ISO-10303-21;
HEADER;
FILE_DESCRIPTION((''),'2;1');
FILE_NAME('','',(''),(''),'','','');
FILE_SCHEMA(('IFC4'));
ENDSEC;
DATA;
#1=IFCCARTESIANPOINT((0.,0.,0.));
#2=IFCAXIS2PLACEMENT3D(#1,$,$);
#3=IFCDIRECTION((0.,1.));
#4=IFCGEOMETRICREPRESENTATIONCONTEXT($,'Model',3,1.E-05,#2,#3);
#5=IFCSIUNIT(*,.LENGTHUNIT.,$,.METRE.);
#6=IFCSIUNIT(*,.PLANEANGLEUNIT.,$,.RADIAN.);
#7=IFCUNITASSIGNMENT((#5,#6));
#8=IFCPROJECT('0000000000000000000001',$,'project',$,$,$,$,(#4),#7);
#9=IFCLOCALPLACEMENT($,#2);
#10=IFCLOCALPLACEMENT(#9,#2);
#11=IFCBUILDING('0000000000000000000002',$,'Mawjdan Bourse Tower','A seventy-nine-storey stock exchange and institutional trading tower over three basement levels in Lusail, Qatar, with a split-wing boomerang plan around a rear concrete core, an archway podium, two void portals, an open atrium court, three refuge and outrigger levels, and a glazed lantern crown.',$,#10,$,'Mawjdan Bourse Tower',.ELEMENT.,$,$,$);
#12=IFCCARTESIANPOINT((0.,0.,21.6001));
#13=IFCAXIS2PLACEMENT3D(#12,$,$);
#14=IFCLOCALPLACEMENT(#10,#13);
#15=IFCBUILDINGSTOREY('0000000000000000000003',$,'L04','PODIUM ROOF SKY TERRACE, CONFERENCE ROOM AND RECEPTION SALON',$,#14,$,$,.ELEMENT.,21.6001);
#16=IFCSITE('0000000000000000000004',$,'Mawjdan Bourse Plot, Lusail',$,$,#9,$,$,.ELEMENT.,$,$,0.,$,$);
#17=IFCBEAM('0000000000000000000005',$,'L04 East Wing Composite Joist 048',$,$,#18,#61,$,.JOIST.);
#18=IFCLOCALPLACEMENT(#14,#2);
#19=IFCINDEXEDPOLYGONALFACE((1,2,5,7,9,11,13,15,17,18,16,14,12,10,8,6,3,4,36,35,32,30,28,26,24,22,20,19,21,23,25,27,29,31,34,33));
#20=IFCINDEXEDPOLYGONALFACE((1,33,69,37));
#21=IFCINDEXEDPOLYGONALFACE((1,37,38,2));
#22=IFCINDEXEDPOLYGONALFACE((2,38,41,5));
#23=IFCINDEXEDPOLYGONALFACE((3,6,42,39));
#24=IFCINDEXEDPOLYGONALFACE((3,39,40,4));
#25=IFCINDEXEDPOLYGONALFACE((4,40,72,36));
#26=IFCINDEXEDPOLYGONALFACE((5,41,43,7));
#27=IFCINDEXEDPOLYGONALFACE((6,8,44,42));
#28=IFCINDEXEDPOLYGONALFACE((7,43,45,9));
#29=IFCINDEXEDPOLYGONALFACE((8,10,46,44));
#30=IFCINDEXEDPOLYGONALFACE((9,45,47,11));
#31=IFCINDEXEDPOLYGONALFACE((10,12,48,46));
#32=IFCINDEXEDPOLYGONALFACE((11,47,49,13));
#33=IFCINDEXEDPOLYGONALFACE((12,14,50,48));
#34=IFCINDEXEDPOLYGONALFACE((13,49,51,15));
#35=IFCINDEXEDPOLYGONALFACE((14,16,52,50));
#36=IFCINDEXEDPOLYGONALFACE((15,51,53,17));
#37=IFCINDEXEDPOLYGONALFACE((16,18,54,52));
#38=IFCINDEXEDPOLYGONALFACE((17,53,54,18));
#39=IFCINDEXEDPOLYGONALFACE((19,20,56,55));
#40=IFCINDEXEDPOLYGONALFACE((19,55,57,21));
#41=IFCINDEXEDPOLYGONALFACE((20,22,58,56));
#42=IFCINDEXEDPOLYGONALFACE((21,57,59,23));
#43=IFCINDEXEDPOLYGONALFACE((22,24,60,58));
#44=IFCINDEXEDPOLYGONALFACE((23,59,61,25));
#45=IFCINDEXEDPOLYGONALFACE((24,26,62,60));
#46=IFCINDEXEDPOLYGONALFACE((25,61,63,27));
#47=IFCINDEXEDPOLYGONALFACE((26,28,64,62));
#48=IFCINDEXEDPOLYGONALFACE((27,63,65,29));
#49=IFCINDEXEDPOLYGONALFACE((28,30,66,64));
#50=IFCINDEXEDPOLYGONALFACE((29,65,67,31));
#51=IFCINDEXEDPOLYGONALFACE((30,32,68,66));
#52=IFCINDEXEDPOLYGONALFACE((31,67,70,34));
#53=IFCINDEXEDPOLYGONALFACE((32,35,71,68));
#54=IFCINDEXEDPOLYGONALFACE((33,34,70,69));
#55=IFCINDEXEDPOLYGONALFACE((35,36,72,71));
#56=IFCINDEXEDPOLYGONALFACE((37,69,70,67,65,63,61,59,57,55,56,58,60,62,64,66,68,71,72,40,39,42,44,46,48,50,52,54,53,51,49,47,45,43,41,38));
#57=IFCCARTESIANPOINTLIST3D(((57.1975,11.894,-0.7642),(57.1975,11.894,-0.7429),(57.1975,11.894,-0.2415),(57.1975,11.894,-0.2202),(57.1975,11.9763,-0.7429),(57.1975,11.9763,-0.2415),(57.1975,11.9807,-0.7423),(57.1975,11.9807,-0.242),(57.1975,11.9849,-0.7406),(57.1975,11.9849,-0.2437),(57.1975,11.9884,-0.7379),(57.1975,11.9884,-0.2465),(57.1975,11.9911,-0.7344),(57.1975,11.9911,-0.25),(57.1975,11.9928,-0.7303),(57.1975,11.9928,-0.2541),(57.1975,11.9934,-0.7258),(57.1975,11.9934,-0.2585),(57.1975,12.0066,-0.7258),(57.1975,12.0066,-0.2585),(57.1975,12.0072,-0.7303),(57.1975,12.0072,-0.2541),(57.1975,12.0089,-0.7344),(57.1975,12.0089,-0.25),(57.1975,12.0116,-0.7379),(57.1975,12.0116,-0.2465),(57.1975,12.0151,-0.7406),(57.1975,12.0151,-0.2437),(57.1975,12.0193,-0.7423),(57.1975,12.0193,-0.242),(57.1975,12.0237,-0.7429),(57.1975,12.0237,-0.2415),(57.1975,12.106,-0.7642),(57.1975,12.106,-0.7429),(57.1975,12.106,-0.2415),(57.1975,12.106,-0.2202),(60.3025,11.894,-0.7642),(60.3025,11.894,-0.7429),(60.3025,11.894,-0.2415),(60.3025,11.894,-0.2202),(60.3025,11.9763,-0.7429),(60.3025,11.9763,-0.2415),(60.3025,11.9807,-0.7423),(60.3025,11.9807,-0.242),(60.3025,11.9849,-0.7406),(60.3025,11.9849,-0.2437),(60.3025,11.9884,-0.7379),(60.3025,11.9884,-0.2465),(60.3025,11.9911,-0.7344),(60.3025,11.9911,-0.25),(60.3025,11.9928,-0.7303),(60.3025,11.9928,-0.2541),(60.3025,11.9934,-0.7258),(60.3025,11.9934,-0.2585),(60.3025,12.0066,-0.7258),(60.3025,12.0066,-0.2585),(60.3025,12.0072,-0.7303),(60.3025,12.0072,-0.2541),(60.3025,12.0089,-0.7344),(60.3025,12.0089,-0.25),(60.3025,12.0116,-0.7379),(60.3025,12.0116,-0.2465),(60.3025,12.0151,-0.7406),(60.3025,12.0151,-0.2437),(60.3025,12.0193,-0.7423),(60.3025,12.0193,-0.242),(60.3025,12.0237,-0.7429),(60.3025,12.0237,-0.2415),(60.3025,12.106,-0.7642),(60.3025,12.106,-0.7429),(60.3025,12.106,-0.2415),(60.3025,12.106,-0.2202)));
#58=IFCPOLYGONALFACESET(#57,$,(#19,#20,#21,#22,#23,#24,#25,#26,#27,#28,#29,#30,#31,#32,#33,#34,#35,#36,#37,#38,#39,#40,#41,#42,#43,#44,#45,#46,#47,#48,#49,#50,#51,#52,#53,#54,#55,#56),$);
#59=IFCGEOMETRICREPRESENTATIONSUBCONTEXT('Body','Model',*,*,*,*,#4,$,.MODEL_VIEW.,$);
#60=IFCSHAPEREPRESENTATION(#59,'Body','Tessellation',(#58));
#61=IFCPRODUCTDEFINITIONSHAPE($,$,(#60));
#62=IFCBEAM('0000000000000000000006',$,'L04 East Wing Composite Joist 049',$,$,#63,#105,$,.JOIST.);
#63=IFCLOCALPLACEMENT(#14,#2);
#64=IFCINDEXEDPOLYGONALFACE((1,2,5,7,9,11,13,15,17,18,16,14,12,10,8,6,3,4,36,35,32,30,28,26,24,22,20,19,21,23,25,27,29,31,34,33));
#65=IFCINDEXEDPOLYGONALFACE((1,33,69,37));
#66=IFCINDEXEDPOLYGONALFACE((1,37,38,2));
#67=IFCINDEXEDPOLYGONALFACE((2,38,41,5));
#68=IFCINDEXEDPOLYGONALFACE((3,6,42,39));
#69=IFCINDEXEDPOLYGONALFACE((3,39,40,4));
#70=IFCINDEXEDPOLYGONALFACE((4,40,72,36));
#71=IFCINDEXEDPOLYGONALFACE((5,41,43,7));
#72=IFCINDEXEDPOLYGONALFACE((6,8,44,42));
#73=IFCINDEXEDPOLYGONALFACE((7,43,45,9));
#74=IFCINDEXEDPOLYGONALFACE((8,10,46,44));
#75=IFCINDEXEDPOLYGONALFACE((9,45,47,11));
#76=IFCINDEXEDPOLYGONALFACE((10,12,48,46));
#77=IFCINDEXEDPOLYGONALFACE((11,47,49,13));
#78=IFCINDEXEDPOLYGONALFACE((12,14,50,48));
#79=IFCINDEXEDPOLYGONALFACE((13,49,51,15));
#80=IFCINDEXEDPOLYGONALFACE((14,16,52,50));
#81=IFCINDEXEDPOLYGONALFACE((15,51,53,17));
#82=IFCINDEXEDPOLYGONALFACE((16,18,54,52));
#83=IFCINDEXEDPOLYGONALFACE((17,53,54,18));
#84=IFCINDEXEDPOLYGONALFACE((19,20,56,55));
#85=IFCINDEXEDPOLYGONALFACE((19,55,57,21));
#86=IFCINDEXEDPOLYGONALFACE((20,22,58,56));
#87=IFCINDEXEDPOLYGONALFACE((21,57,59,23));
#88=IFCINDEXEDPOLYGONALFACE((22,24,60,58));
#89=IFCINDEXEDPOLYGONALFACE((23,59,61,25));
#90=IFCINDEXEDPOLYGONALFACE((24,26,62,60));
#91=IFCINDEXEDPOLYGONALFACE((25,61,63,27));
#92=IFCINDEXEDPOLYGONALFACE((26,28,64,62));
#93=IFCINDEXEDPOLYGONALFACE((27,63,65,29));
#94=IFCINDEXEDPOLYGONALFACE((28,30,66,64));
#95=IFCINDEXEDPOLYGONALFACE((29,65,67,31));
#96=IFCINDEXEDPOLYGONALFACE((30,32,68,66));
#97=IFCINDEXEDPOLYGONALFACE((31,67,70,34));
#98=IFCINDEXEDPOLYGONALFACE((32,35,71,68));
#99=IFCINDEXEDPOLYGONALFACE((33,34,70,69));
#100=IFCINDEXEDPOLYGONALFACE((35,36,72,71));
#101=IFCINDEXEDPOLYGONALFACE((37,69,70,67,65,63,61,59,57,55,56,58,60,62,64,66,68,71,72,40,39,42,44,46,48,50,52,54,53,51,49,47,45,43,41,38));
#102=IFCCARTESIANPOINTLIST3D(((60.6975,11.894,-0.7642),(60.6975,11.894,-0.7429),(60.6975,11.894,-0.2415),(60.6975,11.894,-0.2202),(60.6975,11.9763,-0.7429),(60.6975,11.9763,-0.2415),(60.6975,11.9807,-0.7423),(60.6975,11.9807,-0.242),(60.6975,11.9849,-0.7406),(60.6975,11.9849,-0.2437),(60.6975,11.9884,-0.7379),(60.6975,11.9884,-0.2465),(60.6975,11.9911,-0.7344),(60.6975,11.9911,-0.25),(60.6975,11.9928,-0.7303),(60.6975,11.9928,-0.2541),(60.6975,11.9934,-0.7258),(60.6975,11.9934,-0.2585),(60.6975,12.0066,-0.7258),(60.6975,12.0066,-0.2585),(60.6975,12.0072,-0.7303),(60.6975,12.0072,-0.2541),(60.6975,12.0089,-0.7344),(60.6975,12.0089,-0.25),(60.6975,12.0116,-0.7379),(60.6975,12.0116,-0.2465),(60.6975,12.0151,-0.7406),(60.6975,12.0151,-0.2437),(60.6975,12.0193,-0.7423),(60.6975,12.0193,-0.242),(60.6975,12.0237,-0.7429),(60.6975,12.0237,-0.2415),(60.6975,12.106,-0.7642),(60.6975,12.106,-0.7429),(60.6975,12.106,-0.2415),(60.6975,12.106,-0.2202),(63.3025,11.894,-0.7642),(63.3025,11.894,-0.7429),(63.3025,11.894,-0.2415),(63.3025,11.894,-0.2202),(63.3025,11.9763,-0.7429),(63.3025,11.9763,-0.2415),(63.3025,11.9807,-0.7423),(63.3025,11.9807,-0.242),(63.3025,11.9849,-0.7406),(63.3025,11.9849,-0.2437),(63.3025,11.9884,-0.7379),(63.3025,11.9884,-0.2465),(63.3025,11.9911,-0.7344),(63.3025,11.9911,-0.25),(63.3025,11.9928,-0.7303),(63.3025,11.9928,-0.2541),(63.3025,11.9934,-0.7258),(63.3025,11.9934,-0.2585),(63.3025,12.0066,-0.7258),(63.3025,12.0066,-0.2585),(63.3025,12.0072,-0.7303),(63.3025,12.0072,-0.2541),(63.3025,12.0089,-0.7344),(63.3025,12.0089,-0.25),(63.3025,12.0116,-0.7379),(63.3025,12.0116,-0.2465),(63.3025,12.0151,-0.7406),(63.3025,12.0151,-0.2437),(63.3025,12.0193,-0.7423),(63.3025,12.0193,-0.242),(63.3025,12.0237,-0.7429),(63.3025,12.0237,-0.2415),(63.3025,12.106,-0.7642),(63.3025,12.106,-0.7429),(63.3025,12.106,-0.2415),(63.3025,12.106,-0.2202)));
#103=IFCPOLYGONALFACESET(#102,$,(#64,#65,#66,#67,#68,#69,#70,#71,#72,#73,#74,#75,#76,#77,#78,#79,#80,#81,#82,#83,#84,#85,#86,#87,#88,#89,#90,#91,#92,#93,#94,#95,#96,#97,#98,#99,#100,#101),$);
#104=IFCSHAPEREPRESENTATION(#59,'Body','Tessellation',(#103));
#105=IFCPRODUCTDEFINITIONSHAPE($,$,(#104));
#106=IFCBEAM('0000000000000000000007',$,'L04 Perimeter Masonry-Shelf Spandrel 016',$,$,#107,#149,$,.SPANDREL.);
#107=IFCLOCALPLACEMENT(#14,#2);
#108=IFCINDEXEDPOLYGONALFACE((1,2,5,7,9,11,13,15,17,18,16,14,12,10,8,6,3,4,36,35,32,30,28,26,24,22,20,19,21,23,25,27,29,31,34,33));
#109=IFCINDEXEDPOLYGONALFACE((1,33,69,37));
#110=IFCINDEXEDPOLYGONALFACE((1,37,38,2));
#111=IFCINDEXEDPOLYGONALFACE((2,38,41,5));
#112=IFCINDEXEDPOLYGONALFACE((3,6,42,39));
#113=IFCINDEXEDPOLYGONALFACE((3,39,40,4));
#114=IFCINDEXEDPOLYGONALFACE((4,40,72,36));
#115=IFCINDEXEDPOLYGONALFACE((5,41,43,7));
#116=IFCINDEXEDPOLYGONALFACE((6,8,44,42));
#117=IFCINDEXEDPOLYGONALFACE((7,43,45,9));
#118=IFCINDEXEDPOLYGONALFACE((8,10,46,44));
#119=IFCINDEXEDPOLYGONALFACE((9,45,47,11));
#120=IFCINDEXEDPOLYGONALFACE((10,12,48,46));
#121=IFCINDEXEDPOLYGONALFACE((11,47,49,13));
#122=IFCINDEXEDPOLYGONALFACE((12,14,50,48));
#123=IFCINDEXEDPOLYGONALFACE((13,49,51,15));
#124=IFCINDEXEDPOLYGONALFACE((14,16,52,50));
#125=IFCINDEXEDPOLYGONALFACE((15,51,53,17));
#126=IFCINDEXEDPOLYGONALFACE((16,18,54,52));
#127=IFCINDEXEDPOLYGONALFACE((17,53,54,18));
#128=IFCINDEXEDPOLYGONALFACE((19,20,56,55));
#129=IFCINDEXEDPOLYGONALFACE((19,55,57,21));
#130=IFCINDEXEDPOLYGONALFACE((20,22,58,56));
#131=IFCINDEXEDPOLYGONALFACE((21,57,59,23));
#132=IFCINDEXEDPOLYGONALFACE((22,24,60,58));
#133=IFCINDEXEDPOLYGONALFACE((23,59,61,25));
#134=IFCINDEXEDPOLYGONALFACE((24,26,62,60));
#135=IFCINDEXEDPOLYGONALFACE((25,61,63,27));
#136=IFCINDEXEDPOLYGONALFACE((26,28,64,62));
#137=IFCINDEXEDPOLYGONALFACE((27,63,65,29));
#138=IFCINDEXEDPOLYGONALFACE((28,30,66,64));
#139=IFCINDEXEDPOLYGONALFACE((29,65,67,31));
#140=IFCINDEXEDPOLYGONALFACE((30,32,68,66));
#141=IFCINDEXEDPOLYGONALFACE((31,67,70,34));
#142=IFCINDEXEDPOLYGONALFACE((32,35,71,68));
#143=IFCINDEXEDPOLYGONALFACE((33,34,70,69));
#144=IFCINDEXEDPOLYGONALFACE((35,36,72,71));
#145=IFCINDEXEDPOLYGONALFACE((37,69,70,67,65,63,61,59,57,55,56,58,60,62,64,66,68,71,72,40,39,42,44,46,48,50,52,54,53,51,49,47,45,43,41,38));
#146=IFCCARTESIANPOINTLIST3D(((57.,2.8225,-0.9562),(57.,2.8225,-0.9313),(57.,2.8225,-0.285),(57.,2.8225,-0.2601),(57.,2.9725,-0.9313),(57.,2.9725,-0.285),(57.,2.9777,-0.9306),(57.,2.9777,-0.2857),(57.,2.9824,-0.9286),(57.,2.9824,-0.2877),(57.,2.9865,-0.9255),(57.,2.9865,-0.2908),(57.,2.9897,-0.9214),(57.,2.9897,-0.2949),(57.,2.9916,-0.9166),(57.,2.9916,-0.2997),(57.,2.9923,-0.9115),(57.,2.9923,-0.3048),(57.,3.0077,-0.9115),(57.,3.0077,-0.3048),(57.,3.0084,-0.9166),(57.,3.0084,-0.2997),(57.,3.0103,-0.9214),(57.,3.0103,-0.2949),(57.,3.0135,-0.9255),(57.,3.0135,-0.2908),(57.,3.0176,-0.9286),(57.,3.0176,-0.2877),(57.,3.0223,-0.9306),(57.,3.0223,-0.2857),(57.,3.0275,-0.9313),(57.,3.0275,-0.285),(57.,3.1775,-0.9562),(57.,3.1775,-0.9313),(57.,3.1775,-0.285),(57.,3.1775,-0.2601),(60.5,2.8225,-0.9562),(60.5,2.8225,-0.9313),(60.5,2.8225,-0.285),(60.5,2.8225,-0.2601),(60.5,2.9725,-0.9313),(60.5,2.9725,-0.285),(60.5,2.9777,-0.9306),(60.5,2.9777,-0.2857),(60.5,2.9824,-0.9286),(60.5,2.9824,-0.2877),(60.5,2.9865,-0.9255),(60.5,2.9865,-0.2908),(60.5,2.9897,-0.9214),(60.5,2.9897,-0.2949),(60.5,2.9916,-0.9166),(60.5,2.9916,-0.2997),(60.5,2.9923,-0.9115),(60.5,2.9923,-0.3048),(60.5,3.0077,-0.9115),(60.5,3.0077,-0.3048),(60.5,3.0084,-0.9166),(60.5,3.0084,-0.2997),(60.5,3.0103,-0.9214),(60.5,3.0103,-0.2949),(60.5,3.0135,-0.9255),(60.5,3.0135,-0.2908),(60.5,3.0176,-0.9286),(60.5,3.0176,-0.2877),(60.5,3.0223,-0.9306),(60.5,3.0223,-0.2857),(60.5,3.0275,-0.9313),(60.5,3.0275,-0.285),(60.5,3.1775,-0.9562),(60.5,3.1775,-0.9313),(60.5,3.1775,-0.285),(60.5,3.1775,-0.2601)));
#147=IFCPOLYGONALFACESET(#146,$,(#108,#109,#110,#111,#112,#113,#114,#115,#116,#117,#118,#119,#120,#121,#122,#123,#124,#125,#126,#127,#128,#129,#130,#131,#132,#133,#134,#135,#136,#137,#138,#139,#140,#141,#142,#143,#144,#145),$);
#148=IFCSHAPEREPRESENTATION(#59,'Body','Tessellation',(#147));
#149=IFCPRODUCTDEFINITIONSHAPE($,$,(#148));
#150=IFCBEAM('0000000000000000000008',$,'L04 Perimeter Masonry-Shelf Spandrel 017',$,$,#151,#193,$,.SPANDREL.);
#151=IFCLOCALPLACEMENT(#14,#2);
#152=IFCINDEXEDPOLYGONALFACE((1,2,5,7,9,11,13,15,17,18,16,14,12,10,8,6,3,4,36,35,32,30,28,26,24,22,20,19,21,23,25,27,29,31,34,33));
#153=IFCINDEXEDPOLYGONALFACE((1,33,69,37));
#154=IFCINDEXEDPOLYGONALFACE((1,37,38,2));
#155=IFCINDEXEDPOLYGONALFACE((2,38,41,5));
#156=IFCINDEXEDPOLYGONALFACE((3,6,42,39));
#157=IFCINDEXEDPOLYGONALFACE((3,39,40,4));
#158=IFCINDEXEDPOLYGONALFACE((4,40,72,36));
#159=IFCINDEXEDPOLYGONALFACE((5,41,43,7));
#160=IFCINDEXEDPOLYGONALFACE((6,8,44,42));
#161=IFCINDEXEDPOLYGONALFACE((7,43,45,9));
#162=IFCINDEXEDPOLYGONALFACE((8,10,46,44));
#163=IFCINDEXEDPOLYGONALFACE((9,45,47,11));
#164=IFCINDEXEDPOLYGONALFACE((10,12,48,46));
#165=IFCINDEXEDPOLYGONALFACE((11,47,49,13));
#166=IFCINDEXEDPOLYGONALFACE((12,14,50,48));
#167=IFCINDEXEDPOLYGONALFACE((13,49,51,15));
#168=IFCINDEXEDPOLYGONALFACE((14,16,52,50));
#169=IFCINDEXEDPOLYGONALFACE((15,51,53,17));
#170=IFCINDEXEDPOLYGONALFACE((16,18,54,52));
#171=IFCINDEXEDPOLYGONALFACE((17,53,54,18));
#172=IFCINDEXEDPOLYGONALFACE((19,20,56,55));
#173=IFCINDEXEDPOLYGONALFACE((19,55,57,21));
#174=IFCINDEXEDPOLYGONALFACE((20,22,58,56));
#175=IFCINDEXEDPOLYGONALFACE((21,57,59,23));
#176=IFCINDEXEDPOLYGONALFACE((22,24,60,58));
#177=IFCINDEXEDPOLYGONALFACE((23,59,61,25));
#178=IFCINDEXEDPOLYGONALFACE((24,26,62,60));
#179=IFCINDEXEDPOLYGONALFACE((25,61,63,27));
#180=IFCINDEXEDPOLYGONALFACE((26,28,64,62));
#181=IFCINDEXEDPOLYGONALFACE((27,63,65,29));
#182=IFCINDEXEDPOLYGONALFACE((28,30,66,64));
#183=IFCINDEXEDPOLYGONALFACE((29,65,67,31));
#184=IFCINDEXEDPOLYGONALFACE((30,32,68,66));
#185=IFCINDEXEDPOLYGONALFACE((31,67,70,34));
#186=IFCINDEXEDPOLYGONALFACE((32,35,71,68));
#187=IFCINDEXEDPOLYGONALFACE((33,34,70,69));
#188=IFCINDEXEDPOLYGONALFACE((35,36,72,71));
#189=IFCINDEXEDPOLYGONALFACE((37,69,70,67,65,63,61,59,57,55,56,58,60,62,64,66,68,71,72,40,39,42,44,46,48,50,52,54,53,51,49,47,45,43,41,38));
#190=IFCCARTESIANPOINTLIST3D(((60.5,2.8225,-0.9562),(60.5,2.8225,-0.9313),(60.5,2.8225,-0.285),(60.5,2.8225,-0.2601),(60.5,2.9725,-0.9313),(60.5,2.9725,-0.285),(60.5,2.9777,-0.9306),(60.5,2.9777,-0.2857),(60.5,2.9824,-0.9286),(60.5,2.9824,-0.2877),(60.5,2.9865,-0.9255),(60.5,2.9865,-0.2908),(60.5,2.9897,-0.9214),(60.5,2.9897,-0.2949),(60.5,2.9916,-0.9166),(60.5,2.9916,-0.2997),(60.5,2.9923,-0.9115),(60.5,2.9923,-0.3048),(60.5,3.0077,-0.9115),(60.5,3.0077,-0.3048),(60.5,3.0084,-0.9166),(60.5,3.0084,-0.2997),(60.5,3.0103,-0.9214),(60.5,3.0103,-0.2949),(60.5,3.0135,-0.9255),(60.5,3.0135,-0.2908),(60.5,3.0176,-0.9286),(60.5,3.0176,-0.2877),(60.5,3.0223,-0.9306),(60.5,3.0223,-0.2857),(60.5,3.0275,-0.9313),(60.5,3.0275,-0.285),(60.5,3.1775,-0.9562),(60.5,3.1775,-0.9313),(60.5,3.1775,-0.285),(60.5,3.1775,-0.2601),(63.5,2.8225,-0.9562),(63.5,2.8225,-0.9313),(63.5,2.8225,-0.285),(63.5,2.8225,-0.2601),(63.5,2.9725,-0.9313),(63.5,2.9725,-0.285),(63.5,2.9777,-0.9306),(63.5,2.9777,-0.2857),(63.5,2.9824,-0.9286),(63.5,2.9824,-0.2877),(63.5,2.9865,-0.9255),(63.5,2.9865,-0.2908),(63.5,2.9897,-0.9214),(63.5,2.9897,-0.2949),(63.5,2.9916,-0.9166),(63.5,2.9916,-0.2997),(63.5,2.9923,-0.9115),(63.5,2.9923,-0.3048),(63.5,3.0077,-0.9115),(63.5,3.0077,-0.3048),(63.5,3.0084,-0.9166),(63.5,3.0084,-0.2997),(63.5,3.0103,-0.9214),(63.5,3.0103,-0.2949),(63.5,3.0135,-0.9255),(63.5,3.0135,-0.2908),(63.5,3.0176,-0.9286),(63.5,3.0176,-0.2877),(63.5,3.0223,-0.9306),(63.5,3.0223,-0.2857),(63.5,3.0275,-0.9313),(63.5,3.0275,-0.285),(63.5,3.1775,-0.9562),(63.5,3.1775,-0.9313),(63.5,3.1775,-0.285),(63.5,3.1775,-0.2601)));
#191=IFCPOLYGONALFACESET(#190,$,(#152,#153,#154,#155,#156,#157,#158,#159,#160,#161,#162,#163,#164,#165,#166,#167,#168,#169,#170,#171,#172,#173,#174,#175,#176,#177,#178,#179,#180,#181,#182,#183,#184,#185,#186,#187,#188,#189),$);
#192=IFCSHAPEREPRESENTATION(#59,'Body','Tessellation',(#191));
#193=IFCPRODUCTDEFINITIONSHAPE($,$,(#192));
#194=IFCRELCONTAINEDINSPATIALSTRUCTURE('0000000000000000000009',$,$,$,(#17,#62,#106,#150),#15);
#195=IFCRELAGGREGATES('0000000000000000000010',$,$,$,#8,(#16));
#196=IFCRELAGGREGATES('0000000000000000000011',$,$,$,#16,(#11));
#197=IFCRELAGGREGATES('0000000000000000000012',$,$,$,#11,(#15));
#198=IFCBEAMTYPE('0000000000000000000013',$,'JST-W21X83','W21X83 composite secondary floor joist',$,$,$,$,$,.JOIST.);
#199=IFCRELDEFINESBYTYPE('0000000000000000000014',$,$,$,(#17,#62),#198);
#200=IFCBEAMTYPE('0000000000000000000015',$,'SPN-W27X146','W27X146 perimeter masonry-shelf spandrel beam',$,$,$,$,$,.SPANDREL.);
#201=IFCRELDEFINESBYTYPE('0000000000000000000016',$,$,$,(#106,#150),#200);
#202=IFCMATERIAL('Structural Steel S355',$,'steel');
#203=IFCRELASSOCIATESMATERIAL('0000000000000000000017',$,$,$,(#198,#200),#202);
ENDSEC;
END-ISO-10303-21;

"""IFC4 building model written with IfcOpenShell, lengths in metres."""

from ifc_helpers import new_model, si_unit, direction, frame, origin, origin_2d, place, context, subcontext, project, spatial, i_section, extrude, material, material_profile, profile_set, type_object, element, save


model = new_model("IFC4")

# Units and contexts
model_context = context("Model", 3, precision=1e-05, world=origin(), true_north=direction((0.0, 1.0)))
body_context = subcontext(model_context, "Body", "Model", "MODEL_VIEW")
ifc_project = project(units=[si_unit("LENGTHUNIT", "METRE"), si_unit("PLANEANGLEUNIT", "RADIAN")], contexts=[model_context])

# Site, building, storey
site_placement = place(None, origin())
site = spatial("IfcSite", under=ifc_project, at=site_placement, Name="Mawjdan Bourse Plot, Lusail", CompositionType="ELEMENT", RefElevation=0.0)
building_placement = place(site_placement, origin())
building = spatial("IfcBuilding", under=site, at=building_placement, Name="Mawjdan Bourse Tower", Description="A seventy-nine-storey stock exchange and institutional trading tower over three basement levels in Lusail, Qatar, with a split-wing boomerang plan around a rear concrete core, an archway podium, two void portals, an open atrium court, three refuge and outrigger levels, and a glazed lantern crown.", LongName="Mawjdan Bourse Tower", CompositionType="ELEMENT")
storey_placement = place(building_placement, frame((0.0, 0.0, 21.6001)))
storey = spatial("IfcBuildingStorey", under=building, at=storey_placement, Name="L04", Description="PODIUM ROOF SKY TERRACE, CONFERENCE ROOM AND RECEPTION SALON", CompositionType="ELEMENT", Elevation=21.6001)

# Beams
ifc_material_1 = material(Name="Structural Steel S355", Category="steel")
ifc_material_profile_1 = material_profile(ifc_material_1, i_section(OverallWidth=0.2119, OverallDepth=0.5439, WebThickness=0.0132, FlangeThickness=0.0212, FilletRadius=0.0171, at=origin_2d()), Name="W21X83")
ifc_profile_set_1 = profile_set([ifc_material_profile_1], Name="Structural Steel S355")
beam_type_1 = type_object("IfcBeamType", Name="JST-W21X83", Description="W21X83 composite secondary floor joist", PredefinedType="JOIST", material=ifc_profile_set_1)
beam_1_placement = place(storey_placement, frame((57.1975, 12.0, -0.4922), z_axis=(1.0, 0.0, 0.0), x_axis=(0.0, 1.0, 0.0)))
element("IfcBeam", 1, at=beam_1_placement, inside=storey, type_object=beam_type_1, Name="L04 East Wing Composite Joist 048", PredefinedType="JOIST", context=body_context, shape_type="SweptSolid", body=[
    extrude(i_section(OverallWidth=0.2119, OverallDepth=0.5439, WebThickness=0.0132, FlangeThickness=0.0212, FilletRadius=0.0171, at=origin_2d()), origin(), (0.0, 0.0, 1.0), 3.105),
])
beam_2_placement = place(storey_placement, frame((60.6975, 12.0, -0.4922), z_axis=(1.0, 0.0, 0.0), x_axis=(0.0, 1.0, 0.0)))
element("IfcBeam", 2, at=beam_2_placement, inside=storey, type_object=beam_type_1, Name="L04 East Wing Composite Joist 049", PredefinedType="JOIST", context=body_context, shape_type="SweptSolid", body=[
    extrude(i_section(OverallWidth=0.2119, OverallDepth=0.5439, WebThickness=0.0132, FlangeThickness=0.0212, FilletRadius=0.0171, at=origin_2d()), origin(), (0.0, 0.0, 1.0), 2.605),
])
ifc_material_profile_2 = material_profile(ifc_material_1, i_section(OverallWidth=0.355, OverallDepth=0.696, WebThickness=0.0154, FlangeThickness=0.0249, FilletRadius=0.0198, at=origin_2d()), Name="W27X146")
ifc_profile_set_2 = profile_set([ifc_material_profile_2], Name="Structural Steel S355")
beam_type_2 = type_object("IfcBeamType", Name="SPN-W27X146", Description="W27X146 perimeter masonry-shelf spandrel beam", PredefinedType="SPANDREL", material=ifc_profile_set_2)
beam_3_placement = place(storey_placement, frame((57.0, 3.0, -0.6082), z_axis=(1.0, 0.0, 0.0), x_axis=(0.0, 1.0, 0.0)))
element("IfcBeam", 3, at=beam_3_placement, inside=storey, type_object=beam_type_2, Name="L04 Perimeter Masonry-Shelf Spandrel 016", PredefinedType="SPANDREL", context=body_context, shape_type="SweptSolid", body=[
    extrude(i_section(OverallWidth=0.355, OverallDepth=0.696, WebThickness=0.0154, FlangeThickness=0.0249, FilletRadius=0.0198, at=origin_2d()), origin(), (0.0, 0.0, 1.0), 3.5),
])
beam_4_placement = place(storey_placement, frame((60.5, 3.0, -0.6082), z_axis=(1.0, 0.0, 0.0), x_axis=(0.0, 1.0, 0.0)))
element("IfcBeam", 4, at=beam_4_placement, inside=storey, type_object=beam_type_2, Name="L04 Perimeter Masonry-Shelf Spandrel 017", PredefinedType="SPANDREL", context=body_context, shape_type="SweptSolid", body=[
    extrude(i_section(OverallWidth=0.355, OverallDepth=0.696, WebThickness=0.0154, FlangeThickness=0.0249, FilletRadius=0.0198, at=origin_2d()), origin(), (0.0, 0.0, 1.0), 3.0),
])

save(model, "model.ifc")
